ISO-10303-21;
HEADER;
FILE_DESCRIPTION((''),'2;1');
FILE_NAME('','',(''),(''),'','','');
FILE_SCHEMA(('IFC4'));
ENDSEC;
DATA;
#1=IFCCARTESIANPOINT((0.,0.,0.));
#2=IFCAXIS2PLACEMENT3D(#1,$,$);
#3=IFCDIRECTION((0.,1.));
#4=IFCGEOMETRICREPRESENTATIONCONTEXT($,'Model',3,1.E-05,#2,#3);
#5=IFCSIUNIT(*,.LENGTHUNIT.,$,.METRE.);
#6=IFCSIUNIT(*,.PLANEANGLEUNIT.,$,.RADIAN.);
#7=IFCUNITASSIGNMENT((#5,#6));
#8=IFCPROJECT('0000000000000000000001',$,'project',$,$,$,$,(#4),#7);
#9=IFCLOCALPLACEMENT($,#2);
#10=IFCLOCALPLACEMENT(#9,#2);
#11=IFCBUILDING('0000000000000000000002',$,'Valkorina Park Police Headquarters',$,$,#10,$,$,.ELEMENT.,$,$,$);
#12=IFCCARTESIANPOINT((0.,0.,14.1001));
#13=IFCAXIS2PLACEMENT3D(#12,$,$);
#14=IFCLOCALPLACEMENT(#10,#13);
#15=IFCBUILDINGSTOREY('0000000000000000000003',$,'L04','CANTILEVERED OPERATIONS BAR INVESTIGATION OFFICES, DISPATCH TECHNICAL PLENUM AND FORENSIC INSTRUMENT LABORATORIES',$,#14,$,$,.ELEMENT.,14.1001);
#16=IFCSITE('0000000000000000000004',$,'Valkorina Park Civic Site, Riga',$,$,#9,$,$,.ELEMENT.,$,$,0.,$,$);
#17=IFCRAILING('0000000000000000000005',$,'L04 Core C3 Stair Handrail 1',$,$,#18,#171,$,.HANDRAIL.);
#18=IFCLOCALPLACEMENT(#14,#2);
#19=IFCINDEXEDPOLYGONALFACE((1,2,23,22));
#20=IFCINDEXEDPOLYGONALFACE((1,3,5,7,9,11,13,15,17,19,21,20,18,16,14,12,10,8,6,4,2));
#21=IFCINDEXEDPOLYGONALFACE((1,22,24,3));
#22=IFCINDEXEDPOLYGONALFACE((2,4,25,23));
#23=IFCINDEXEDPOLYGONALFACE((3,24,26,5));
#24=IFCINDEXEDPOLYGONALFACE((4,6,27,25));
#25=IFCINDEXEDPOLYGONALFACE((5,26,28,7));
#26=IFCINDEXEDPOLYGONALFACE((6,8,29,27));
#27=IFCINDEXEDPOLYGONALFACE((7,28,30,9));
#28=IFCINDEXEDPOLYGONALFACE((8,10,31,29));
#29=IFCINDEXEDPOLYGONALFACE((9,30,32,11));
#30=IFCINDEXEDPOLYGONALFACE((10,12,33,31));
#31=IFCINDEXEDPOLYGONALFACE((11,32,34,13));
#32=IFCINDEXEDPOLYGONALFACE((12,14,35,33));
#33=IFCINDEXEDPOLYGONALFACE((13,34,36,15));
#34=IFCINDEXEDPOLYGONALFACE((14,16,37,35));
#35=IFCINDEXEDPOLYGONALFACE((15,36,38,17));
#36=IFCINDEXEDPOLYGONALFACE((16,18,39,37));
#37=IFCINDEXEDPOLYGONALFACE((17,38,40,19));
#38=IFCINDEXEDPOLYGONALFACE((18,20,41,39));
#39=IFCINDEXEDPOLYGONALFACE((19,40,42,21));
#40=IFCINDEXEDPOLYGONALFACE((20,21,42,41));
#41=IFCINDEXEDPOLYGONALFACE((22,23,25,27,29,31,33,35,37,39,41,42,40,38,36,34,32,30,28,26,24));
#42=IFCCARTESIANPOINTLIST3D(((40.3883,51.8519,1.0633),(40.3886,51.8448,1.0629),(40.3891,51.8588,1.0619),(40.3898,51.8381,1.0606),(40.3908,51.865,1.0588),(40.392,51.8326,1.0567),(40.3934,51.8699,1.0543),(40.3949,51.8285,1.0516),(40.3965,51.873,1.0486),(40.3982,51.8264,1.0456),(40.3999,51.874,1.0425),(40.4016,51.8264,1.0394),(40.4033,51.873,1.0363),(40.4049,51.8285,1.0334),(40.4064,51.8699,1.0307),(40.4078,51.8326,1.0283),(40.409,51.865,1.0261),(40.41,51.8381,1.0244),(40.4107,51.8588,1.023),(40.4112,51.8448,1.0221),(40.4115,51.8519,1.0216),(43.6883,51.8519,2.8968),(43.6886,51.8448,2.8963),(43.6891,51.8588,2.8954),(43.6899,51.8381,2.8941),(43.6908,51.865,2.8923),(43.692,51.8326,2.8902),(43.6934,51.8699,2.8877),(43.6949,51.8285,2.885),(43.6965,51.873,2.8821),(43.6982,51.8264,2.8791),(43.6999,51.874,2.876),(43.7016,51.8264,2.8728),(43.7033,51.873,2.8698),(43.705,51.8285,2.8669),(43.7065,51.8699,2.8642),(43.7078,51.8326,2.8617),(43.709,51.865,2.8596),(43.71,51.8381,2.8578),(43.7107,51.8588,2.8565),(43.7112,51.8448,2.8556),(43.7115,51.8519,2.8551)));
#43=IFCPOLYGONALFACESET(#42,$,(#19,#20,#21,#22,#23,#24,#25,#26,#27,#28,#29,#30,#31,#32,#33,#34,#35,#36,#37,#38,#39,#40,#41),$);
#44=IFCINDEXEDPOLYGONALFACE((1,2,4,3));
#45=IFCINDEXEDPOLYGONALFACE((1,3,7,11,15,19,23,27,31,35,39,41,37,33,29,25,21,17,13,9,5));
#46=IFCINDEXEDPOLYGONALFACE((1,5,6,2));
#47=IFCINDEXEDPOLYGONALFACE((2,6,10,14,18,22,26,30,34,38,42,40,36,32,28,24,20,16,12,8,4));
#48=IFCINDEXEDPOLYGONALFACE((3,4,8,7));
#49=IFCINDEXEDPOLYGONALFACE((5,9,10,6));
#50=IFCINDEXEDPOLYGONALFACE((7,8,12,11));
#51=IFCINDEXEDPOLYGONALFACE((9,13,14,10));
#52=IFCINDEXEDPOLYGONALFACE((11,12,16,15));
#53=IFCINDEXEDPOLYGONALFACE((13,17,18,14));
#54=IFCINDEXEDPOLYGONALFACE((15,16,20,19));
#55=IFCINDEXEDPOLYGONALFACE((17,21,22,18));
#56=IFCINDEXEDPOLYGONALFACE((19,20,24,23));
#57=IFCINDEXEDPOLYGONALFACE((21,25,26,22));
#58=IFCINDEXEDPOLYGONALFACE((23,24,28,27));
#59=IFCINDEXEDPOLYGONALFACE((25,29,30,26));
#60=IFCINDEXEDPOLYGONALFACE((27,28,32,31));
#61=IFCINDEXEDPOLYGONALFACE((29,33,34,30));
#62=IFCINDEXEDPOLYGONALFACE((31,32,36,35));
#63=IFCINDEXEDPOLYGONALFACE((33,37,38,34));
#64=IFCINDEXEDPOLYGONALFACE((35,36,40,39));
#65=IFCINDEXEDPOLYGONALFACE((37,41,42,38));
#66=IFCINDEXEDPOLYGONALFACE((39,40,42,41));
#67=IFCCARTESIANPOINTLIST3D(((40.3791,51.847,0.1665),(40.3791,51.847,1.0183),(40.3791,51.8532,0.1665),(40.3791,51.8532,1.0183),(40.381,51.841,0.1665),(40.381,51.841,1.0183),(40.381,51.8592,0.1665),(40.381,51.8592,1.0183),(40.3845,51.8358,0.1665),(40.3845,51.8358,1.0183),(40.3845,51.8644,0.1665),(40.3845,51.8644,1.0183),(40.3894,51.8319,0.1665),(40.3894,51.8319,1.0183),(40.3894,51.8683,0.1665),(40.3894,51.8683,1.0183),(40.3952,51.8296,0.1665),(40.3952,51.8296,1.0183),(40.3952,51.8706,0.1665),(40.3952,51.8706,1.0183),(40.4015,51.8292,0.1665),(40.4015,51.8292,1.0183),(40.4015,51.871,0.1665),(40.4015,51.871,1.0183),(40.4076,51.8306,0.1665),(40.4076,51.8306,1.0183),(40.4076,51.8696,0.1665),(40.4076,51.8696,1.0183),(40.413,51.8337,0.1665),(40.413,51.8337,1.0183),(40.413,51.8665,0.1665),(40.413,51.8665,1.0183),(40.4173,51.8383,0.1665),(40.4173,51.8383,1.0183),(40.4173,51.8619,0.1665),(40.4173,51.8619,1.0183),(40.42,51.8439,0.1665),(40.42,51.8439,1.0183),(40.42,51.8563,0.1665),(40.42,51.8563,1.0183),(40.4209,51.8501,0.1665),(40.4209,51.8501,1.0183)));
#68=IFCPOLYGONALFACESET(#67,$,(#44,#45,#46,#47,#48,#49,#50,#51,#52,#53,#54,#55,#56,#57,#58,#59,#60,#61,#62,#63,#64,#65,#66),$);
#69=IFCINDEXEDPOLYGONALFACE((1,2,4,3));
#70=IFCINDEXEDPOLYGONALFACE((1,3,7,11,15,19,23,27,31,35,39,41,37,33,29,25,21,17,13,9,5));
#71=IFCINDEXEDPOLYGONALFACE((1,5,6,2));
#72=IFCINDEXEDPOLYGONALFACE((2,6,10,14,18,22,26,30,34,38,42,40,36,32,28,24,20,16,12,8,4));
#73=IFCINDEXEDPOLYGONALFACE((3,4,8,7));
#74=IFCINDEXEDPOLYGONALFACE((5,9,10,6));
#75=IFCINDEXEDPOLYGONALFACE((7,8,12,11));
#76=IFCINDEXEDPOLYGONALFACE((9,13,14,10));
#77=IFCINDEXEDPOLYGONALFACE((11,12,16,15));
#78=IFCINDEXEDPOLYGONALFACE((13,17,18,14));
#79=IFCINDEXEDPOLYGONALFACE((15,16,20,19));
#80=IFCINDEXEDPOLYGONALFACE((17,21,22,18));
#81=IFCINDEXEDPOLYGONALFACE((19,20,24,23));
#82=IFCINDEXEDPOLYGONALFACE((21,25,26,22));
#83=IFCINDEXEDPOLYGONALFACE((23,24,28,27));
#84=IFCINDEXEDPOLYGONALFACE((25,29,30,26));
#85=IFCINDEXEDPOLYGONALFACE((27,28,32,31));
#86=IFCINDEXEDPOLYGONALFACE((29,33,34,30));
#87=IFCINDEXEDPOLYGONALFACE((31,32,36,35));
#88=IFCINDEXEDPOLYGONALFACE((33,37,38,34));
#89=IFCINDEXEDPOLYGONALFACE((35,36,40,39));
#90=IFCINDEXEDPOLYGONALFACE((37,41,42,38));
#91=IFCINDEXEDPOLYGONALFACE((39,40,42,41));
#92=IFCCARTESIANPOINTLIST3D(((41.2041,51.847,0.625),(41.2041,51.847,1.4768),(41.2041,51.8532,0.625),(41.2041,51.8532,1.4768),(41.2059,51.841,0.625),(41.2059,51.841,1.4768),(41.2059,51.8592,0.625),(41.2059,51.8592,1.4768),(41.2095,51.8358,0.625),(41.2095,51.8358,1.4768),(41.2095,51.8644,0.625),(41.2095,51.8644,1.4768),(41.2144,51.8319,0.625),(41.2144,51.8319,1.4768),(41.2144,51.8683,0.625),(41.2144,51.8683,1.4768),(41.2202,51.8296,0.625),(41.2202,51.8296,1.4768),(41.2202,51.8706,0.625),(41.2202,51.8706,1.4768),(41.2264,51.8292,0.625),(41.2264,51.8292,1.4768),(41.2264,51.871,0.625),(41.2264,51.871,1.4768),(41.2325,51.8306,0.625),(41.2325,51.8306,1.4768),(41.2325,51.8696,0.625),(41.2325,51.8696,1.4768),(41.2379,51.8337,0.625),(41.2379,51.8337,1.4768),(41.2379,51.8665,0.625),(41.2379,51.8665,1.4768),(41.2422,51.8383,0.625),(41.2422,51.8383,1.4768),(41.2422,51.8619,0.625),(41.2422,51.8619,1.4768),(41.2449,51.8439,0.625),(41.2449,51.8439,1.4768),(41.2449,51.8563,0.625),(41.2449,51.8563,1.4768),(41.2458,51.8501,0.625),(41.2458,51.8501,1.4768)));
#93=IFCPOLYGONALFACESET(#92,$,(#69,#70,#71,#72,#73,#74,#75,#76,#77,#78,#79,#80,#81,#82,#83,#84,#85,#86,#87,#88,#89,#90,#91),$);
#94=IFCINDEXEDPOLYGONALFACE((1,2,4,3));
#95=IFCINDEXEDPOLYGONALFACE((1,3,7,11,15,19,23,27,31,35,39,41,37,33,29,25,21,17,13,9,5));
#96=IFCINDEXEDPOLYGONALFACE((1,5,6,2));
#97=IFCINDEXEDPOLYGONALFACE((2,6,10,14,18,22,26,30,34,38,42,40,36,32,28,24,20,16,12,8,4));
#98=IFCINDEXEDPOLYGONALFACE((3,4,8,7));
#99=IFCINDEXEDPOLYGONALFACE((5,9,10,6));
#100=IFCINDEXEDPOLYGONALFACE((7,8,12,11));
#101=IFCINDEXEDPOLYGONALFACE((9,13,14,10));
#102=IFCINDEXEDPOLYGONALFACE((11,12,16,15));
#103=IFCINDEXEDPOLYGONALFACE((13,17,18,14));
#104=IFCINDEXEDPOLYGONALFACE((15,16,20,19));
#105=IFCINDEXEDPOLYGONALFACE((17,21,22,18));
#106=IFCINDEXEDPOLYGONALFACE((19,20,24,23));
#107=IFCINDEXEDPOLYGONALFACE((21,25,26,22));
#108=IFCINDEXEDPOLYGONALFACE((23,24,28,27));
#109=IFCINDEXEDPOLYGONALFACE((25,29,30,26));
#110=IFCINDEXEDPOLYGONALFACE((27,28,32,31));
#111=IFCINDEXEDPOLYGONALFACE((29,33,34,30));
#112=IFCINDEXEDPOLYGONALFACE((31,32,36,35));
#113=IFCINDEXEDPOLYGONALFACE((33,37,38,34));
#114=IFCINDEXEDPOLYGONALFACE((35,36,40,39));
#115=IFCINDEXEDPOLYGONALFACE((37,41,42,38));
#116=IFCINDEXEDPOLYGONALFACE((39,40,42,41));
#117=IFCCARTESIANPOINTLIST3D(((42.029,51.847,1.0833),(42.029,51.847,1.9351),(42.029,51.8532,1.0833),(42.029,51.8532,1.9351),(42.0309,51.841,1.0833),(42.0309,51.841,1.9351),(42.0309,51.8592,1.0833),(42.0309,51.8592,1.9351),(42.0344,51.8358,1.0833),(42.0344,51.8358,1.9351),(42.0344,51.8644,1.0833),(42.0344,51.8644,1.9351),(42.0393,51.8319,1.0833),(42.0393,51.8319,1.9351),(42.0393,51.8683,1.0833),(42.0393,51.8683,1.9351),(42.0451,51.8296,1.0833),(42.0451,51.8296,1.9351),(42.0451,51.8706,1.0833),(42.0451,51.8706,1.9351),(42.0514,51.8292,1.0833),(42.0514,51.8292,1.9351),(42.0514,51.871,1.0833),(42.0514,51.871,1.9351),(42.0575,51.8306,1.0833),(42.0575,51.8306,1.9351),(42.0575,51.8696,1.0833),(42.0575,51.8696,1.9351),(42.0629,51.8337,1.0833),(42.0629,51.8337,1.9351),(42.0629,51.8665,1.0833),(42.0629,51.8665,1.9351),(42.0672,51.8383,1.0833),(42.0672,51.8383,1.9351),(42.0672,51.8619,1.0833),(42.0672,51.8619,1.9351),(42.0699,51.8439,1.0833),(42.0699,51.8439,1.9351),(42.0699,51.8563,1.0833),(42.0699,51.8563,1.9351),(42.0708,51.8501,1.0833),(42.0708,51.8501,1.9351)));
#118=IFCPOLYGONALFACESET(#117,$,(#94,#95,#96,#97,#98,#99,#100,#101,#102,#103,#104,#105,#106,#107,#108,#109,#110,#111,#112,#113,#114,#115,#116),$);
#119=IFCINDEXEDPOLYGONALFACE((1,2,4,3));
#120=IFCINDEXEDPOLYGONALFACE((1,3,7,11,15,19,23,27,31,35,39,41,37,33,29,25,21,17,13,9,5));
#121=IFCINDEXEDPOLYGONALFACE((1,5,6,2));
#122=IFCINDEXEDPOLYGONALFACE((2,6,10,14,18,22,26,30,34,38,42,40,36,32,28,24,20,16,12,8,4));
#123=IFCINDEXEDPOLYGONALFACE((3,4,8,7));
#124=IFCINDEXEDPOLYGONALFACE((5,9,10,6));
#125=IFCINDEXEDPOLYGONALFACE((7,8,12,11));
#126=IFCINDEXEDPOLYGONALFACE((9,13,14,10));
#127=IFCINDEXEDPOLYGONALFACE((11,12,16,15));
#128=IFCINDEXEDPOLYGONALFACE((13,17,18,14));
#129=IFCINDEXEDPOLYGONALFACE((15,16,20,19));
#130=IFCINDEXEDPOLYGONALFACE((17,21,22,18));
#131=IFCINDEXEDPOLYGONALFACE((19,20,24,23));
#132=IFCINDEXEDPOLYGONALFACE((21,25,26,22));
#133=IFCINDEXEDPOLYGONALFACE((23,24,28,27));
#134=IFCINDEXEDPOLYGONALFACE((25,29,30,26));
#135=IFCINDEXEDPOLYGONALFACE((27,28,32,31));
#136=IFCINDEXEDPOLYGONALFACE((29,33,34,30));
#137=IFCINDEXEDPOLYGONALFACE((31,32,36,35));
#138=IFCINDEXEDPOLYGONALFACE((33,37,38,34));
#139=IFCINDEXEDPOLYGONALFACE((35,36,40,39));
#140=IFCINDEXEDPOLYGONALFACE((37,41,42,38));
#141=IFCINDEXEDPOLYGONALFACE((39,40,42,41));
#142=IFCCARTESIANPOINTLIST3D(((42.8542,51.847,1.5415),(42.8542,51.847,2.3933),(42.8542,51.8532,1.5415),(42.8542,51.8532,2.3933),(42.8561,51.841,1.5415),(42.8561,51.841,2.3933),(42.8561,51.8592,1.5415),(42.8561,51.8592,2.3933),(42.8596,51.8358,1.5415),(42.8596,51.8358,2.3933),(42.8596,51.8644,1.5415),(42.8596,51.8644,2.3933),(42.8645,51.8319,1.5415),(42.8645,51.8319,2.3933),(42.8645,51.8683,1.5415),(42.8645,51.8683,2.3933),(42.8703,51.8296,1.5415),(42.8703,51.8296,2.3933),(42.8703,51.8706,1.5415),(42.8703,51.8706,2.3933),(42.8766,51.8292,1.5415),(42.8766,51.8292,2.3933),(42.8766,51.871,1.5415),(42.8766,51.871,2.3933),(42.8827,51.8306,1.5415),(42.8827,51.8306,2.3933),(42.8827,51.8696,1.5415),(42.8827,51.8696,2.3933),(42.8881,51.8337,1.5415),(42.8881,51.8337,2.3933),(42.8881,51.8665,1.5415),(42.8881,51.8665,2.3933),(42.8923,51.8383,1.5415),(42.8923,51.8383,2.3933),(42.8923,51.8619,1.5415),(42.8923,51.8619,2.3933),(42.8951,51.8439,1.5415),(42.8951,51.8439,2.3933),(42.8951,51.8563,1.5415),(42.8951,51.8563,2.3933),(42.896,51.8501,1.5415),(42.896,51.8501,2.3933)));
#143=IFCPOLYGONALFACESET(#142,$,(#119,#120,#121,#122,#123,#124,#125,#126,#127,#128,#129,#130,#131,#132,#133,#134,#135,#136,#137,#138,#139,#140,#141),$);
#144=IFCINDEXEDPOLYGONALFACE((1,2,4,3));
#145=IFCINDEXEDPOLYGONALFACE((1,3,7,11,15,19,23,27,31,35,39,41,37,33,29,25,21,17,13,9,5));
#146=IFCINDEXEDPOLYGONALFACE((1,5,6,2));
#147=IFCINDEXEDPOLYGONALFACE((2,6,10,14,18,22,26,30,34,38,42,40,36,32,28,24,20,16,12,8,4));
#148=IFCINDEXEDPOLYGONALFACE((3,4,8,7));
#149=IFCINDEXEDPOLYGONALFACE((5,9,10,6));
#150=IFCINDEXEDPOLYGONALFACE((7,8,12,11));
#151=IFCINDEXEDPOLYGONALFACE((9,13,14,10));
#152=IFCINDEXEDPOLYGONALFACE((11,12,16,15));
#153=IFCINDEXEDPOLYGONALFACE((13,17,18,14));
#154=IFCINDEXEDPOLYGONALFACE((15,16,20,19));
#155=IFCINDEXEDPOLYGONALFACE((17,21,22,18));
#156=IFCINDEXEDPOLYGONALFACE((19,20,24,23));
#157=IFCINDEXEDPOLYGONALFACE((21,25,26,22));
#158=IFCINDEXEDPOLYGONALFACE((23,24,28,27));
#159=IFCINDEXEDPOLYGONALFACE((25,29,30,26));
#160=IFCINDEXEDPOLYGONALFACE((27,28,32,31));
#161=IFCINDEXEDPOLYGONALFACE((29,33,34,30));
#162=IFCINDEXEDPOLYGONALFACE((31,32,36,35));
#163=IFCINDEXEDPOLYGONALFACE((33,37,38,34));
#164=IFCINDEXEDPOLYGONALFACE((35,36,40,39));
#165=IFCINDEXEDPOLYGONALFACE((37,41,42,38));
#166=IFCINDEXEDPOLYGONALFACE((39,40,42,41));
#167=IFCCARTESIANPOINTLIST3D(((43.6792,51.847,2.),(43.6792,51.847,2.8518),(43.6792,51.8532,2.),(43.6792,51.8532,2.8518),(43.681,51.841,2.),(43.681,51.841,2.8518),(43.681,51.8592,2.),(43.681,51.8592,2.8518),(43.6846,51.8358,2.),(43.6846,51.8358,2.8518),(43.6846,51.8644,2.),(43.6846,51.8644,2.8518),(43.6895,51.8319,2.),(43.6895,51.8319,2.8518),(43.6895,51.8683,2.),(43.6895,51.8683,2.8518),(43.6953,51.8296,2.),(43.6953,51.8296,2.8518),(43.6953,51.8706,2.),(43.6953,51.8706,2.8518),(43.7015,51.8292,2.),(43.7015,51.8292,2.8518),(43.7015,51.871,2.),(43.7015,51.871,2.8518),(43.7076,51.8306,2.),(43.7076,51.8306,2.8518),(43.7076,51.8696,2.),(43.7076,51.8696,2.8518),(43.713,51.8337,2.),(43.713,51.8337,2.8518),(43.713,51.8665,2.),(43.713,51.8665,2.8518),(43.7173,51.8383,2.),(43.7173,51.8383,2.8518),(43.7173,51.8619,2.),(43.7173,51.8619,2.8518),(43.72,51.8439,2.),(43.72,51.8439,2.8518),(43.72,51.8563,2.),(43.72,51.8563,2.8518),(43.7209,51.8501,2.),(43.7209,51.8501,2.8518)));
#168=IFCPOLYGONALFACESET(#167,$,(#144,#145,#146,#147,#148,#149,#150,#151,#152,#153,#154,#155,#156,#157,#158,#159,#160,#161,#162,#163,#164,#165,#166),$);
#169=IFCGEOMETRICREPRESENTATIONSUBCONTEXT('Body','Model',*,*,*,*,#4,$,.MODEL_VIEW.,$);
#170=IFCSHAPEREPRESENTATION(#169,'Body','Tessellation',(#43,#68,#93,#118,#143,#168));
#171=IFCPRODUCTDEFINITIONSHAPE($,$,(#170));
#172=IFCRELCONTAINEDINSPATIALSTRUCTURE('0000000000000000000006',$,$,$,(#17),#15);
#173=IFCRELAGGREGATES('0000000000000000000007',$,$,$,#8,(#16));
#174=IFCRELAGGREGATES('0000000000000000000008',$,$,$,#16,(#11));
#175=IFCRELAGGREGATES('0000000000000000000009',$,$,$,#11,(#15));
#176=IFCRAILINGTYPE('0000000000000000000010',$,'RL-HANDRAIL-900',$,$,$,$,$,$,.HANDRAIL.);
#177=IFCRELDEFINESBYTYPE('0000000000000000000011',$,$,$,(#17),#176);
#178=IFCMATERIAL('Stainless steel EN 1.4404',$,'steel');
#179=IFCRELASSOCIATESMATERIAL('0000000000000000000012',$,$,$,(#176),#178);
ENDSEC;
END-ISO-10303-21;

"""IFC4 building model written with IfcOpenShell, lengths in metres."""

from ifc_helpers import new_model, si_unit, direction, frame, origin, origin_2d, place, context, subcontext, project, spatial, circle, extrude, material, type_object, element, save


model = new_model("IFC4")

# Units and contexts
model_context = context("Model", 3, precision=1e-05, world=origin(), true_north=direction((0.0, 1.0)))
body_context = subcontext(model_context, "Body", "Model", "MODEL_VIEW")
ifc_project = project(units=[si_unit("LENGTHUNIT", "METRE"), si_unit("PLANEANGLEUNIT", "RADIAN")], contexts=[model_context])

# Site, building, storey
site_placement = place(None, origin())
site = spatial("IfcSite", under=ifc_project, at=site_placement, Name="Valkorina Park Civic Site, Riga", CompositionType="ELEMENT", RefElevation=0.0)
building_placement = place(site_placement, origin())
building = spatial("IfcBuilding", under=site, at=building_placement, Name="Valkorina Park Police Headquarters", CompositionType="ELEMENT")
storey_placement = place(building_placement, frame((0.0, 0.0, 14.1001)))
storey = spatial("IfcBuildingStorey", under=building, at=storey_placement, Name="L04", Description="CANTILEVERED OPERATIONS BAR INVESTIGATION OFFICES, DISPATCH TECHNICAL PLENUM AND FORENSIC INSTRUMENT LABORATORIES", CompositionType="ELEMENT", Elevation=14.1001)

# Railing
ifc_material_1 = material(Name="Stainless steel EN 1.4404", Category="steel")
railing_type_1 = type_object("IfcRailingType", Name="RL-HANDRAIL-900", PredefinedType="HANDRAIL", material=ifc_material_1)
railing_1_placement = place(storey_placement, frame((40.3999, 51.8501, 0.1665)))
element("IfcRailing", 1, at=railing_1_placement, inside=storey, type_object=railing_type_1, Name="L04 Core C3 Stair Handrail 1", PredefinedType="HANDRAIL", context=body_context, shape_type="SweptSolid", body=[
    extrude(circle(Radius=0.0239, at=origin_2d()), frame((0.0, 0.0, 0.876), z_axis=(0.874142, 0.0, 0.48567), x_axis=(0.0, 1.0, 0.0)), (0.0, 0.0, 1.0), 3.7751),
    extrude(circle(Radius=0.021, at=origin_2d()), origin(), (0.0, 0.0, 1.0), 0.8518),
    extrude(circle(Radius=0.021, at=origin_2d()), frame((0.825, 0.0, 0.4585)), (0.0, 0.0, 1.0), 0.8518),
    extrude(circle(Radius=0.021, at=origin_2d()), frame((1.6499, 0.0, 0.9167)), (0.0, 0.0, 1.0), 0.8518),
    extrude(circle(Radius=0.021, at=origin_2d()), frame((2.4751, 0.0, 1.375)), (0.0, 0.0, 1.0), 0.8518),
    extrude(circle(Radius=0.021, at=origin_2d()), frame((3.3, 0.0, 1.8335)), (0.0, 0.0, 1.0), 0.8518),
])

save(model, "model.ifc")
